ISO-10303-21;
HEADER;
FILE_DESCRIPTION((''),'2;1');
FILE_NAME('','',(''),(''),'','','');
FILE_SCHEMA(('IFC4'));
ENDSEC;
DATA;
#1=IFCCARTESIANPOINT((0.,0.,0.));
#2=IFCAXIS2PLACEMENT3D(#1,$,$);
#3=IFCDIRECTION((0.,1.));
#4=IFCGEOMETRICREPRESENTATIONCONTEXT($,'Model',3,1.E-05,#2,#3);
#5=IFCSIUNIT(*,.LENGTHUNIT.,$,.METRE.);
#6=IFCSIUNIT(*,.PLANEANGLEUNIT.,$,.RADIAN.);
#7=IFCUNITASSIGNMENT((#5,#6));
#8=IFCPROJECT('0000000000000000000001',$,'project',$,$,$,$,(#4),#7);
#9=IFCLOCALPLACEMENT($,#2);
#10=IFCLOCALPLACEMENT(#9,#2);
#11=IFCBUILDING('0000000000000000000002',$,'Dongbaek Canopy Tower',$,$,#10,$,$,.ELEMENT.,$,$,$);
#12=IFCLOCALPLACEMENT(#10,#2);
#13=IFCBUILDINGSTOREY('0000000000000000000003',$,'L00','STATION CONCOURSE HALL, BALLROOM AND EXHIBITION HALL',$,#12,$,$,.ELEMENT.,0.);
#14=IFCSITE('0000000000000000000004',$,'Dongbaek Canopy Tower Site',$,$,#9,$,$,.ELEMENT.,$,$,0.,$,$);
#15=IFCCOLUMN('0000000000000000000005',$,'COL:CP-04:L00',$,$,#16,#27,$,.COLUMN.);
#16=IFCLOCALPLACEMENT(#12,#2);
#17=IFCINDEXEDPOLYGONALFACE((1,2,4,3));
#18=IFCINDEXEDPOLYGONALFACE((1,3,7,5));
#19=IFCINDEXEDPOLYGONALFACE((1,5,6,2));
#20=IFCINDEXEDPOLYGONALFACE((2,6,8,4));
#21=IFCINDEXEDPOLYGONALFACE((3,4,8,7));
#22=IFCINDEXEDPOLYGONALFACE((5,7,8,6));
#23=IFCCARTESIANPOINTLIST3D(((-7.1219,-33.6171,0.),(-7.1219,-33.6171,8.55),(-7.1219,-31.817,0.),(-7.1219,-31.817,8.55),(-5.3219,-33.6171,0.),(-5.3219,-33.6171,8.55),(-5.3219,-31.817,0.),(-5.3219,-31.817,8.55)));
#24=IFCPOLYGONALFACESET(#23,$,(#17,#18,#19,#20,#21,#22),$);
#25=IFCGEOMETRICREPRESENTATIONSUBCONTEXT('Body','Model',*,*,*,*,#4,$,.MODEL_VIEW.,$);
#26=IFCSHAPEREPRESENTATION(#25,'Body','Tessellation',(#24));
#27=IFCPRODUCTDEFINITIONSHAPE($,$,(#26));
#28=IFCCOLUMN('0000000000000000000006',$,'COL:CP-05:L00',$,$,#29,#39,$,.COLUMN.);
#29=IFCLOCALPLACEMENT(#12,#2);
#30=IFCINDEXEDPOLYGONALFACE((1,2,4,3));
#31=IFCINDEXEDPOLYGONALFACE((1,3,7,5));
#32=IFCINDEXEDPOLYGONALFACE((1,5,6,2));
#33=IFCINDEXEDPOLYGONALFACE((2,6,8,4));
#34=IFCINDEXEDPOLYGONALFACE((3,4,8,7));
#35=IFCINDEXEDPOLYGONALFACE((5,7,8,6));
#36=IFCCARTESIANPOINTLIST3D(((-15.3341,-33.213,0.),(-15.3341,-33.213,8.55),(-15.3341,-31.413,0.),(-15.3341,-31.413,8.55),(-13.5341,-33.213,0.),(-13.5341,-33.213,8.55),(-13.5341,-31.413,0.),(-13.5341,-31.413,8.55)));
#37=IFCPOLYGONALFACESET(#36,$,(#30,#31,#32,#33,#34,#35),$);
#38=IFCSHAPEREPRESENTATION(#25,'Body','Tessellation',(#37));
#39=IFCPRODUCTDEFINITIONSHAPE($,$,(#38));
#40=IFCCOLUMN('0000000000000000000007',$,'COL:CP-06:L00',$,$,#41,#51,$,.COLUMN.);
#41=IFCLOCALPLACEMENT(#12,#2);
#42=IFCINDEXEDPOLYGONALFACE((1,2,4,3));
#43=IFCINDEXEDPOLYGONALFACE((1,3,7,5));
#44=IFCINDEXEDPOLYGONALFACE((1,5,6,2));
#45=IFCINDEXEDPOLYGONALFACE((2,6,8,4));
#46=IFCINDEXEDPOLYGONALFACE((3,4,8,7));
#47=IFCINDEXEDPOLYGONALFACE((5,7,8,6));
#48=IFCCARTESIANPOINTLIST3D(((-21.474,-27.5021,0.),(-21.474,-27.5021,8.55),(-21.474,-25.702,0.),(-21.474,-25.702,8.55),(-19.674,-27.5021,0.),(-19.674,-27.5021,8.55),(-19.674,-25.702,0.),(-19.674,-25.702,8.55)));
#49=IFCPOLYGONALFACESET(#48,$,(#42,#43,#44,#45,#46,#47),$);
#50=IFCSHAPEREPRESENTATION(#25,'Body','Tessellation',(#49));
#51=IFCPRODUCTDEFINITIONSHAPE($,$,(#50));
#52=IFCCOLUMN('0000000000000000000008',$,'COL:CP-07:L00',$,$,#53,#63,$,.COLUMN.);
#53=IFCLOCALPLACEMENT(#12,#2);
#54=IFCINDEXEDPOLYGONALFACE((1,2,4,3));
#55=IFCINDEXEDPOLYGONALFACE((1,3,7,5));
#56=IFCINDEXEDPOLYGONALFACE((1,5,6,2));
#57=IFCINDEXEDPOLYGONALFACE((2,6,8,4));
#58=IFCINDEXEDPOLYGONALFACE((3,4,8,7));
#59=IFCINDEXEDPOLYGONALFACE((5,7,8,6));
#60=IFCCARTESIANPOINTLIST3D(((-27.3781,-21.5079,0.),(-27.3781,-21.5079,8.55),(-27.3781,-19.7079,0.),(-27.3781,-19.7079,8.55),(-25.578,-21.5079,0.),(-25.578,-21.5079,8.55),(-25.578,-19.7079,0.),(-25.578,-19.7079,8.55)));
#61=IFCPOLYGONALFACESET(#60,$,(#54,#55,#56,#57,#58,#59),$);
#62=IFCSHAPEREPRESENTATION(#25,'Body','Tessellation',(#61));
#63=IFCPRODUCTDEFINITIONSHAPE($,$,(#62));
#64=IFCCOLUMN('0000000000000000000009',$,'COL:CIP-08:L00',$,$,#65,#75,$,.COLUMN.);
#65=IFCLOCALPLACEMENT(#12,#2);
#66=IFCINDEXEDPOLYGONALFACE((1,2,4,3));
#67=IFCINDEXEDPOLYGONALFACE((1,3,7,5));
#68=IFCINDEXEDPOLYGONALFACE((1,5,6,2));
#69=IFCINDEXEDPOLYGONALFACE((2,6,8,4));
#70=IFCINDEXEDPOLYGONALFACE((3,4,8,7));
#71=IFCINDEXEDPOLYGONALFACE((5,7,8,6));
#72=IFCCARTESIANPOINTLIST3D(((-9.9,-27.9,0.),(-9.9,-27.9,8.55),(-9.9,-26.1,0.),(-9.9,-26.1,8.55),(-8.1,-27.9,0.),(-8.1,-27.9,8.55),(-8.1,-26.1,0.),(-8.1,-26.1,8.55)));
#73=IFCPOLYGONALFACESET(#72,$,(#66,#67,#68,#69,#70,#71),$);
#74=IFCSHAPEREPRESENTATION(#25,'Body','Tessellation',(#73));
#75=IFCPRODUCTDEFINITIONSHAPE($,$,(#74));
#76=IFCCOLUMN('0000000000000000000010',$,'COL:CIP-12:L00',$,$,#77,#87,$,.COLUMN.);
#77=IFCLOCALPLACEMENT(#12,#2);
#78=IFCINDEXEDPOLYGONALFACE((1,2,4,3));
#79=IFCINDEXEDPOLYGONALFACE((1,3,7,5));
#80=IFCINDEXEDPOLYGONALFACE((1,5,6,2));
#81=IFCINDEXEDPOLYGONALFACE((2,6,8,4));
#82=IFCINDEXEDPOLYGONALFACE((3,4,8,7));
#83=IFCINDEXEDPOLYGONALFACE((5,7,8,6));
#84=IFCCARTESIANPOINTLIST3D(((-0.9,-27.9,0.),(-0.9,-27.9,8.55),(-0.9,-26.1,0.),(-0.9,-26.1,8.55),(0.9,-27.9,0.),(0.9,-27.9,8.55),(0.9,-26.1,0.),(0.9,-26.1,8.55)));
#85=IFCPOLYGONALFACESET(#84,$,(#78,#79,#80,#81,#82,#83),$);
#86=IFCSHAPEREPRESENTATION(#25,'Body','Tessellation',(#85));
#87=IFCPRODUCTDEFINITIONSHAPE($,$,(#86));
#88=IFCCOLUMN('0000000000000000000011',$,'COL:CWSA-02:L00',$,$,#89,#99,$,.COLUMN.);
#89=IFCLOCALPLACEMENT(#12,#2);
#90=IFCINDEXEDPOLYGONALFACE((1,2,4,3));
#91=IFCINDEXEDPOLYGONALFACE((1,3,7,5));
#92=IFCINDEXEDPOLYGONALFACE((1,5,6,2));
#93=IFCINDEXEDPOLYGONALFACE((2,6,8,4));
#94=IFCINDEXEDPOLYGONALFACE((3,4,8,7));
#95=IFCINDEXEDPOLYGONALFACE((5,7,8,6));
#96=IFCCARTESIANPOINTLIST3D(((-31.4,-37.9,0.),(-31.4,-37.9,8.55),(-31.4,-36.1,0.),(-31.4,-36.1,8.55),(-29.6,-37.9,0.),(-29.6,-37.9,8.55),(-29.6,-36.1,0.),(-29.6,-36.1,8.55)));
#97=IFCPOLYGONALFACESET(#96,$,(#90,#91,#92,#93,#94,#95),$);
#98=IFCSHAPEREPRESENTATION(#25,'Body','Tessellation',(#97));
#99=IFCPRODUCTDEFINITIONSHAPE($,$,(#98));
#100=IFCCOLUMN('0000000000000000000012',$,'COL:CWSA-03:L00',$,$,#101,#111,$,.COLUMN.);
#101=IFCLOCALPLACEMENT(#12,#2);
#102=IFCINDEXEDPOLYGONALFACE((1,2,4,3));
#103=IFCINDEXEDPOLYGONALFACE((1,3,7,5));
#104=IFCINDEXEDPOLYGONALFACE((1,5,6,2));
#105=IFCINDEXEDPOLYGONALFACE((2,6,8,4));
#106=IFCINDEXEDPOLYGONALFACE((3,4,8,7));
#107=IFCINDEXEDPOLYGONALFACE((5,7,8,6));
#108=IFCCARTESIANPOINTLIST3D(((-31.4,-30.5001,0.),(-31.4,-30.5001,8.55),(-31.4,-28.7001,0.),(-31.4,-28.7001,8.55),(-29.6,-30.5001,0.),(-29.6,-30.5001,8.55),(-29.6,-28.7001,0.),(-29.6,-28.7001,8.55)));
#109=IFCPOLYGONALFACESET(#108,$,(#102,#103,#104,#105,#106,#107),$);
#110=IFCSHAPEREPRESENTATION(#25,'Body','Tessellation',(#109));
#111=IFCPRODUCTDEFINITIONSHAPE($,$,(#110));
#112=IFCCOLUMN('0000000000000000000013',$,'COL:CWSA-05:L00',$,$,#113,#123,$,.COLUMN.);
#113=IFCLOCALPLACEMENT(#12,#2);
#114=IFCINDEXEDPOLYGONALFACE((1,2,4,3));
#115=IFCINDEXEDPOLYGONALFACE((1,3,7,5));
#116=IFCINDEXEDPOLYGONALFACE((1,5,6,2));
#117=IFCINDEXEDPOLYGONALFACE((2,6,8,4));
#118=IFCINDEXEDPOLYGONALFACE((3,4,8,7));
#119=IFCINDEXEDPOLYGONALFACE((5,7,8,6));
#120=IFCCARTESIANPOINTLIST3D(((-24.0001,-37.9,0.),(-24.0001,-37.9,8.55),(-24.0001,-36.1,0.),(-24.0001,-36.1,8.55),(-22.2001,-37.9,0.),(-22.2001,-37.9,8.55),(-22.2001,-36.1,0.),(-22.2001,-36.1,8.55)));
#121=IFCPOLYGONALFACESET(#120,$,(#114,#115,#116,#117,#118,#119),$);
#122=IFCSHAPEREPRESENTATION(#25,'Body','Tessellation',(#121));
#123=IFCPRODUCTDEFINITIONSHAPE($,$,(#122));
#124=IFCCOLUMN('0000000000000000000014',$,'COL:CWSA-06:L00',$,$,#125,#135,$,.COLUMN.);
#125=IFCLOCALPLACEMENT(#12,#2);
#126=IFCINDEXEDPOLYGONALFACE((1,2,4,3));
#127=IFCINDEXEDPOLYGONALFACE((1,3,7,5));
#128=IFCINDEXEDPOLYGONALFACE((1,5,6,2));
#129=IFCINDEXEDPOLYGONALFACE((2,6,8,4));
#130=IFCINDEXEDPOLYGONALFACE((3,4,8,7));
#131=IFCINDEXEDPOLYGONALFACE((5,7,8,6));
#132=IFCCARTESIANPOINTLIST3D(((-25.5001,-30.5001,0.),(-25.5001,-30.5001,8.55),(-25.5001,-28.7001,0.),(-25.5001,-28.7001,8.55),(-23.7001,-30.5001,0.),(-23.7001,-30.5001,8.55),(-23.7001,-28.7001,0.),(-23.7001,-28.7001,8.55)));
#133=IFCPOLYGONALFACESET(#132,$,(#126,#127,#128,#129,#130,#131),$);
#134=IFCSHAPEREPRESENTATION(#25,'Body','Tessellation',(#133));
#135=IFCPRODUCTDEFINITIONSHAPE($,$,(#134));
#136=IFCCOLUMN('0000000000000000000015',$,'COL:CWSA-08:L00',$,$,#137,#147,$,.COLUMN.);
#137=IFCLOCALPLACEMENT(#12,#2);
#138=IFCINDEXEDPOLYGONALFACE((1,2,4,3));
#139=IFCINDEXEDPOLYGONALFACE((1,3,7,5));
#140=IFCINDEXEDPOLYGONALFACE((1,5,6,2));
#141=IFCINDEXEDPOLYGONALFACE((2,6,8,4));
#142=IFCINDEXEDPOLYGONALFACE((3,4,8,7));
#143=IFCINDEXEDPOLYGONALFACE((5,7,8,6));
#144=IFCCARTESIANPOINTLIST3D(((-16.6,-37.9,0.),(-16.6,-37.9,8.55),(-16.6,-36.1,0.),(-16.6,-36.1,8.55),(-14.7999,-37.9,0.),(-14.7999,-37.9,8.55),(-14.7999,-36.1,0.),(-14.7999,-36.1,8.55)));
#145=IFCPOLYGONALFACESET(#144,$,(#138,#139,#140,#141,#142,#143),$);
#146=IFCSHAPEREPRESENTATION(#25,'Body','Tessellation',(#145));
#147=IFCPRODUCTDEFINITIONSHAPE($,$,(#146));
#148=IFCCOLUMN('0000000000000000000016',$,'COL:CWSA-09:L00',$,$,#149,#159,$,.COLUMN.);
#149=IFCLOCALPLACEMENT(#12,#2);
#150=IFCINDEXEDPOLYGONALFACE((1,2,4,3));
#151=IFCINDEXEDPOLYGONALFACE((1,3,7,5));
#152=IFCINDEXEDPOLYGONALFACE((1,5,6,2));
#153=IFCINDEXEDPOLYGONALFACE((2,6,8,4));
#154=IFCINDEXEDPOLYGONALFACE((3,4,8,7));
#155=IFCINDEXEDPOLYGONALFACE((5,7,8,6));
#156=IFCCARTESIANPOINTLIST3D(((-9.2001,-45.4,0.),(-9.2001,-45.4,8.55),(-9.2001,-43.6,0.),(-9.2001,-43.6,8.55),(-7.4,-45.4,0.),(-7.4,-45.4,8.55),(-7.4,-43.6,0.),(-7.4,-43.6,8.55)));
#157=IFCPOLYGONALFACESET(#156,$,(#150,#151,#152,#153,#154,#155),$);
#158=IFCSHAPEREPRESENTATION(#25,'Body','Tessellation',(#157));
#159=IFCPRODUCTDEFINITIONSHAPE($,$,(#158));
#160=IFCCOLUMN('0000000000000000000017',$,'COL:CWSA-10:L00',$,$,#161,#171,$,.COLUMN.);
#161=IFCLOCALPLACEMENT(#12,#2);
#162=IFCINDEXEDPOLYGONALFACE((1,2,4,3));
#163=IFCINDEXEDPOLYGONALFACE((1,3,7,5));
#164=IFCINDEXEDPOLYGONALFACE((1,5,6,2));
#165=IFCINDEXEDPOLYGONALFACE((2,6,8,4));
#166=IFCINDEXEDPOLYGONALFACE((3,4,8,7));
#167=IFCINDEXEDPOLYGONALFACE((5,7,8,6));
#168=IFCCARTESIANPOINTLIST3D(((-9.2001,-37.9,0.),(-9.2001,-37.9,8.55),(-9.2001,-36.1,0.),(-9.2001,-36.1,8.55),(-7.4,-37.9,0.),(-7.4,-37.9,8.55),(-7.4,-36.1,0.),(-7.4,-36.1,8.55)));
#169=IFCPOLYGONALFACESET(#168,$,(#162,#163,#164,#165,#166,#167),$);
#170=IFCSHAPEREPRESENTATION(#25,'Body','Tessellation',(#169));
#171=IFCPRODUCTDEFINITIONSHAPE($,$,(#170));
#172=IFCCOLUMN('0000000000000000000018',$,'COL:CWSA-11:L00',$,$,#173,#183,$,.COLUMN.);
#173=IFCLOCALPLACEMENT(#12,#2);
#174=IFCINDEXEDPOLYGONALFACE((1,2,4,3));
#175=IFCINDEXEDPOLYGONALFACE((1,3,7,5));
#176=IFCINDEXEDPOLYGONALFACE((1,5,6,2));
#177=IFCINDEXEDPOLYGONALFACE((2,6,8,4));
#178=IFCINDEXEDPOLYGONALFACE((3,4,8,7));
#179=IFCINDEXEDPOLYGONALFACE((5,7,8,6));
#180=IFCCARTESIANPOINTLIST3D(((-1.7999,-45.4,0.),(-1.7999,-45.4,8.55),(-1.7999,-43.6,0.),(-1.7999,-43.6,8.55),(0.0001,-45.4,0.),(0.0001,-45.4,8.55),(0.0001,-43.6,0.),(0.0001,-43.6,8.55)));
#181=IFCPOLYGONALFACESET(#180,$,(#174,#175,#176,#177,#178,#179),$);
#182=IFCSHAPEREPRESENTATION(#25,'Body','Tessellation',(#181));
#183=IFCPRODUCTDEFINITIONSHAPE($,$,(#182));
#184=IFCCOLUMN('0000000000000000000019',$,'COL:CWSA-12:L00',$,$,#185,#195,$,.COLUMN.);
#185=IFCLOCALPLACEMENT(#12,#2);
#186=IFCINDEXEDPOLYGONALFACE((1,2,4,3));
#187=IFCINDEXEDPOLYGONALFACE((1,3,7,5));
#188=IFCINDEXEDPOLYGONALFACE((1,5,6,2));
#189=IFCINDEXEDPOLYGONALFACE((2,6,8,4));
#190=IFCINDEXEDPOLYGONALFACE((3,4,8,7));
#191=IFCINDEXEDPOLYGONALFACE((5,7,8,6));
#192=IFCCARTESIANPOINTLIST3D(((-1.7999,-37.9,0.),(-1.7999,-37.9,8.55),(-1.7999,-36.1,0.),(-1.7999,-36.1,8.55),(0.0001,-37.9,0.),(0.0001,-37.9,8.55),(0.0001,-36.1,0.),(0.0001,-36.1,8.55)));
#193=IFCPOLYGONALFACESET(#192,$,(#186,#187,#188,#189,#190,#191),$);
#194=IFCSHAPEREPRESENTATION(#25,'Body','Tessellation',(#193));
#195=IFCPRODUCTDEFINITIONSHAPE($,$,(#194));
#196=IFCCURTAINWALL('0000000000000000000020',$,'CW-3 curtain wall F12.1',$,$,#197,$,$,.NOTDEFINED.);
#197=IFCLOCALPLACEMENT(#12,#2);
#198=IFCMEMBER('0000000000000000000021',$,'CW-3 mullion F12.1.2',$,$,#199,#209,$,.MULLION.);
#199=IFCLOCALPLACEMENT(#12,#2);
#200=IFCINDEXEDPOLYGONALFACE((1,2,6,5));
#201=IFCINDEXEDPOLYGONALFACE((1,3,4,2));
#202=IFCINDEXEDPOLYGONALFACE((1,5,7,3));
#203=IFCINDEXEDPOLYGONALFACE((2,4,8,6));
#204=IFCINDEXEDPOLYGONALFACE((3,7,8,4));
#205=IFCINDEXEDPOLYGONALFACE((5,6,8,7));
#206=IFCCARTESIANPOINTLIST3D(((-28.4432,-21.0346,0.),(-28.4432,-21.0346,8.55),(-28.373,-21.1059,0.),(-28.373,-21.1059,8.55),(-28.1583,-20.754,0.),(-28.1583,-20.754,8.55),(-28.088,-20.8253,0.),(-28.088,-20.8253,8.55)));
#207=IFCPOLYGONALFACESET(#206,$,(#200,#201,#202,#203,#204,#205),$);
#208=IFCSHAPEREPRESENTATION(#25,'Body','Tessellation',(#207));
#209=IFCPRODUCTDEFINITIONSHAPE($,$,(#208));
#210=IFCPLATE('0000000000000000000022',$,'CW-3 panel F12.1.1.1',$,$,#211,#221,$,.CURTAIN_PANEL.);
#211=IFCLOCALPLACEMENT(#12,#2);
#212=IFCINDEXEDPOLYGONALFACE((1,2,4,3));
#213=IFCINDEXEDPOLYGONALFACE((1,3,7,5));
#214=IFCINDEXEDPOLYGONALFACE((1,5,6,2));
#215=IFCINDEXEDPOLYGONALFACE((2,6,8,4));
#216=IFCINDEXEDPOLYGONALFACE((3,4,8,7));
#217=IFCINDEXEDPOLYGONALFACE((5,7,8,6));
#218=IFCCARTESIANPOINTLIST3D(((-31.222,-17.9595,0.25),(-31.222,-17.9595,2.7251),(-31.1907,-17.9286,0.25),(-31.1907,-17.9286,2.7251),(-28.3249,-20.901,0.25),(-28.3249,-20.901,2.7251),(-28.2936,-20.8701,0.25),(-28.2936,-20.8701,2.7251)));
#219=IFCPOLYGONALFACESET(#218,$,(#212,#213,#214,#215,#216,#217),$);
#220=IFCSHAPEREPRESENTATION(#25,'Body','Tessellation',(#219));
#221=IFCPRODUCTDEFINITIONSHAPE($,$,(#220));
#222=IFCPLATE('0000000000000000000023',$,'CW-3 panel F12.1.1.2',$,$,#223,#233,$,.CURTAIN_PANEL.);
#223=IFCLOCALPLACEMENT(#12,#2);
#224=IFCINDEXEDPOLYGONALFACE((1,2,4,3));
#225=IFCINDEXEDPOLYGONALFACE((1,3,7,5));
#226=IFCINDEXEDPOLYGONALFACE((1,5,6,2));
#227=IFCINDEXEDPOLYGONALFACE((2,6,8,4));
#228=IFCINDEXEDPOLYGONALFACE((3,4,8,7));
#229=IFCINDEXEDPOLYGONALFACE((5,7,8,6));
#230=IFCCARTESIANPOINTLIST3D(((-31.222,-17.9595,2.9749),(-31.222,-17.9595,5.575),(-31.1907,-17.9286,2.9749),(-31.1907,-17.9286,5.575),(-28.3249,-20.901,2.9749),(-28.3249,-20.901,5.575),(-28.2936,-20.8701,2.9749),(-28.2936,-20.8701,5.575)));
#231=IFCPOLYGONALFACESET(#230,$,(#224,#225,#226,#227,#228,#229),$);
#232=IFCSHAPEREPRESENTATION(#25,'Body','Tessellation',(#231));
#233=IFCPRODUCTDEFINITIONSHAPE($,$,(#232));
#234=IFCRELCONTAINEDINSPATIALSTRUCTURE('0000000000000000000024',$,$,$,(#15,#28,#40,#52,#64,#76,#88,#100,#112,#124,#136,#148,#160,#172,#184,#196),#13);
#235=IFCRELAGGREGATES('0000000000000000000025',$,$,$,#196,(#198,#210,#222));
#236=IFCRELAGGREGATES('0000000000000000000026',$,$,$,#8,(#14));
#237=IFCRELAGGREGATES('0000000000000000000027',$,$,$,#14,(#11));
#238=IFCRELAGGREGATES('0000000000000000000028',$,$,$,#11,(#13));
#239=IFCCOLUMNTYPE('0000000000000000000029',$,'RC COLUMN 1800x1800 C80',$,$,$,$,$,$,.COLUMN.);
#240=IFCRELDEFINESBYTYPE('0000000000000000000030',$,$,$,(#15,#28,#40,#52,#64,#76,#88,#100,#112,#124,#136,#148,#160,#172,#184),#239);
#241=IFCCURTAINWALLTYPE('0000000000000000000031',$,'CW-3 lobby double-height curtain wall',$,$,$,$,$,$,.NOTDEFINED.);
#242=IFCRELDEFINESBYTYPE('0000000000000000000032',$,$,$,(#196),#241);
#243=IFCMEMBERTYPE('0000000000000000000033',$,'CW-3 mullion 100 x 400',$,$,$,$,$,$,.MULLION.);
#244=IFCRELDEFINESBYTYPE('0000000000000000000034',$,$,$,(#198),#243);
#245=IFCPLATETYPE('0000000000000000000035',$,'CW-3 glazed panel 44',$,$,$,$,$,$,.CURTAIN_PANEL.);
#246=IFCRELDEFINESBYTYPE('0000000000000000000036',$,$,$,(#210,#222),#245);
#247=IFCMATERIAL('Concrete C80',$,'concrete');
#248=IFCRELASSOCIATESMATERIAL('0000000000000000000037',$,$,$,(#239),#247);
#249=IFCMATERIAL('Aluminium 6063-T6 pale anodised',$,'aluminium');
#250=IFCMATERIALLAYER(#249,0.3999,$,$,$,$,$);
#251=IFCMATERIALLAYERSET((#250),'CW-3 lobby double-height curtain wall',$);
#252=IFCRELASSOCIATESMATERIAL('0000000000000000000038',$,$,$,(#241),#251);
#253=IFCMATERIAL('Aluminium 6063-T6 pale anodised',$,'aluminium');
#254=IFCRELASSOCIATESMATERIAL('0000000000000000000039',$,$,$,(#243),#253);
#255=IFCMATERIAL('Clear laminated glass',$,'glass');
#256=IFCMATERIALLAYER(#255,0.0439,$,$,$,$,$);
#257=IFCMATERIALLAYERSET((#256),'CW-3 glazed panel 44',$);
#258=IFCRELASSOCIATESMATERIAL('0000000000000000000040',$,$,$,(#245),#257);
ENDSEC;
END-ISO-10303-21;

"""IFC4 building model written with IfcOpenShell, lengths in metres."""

from ifc_helpers import new_model, si_unit, direction, frame, origin, origin_2d, place, context, subcontext, project, spatial, rectangle, extrude, material, layer, layer_set, material_profile, profile_set, type_object, element, aggregate, save


model = new_model("IFC4")

# Units and contexts
model_context = context("Model", 3, precision=1e-05, world=origin(), true_north=direction((0.0, 1.0)))
body_context = subcontext(model_context, "Body", "Model", "MODEL_VIEW")
ifc_project = project(units=[si_unit("LENGTHUNIT", "METRE"), si_unit("PLANEANGLEUNIT", "RADIAN")], contexts=[model_context])

# Site, building, storey
site_placement = place(None, origin())
site = spatial("IfcSite", under=ifc_project, at=site_placement, Name="Dongbaek Canopy Tower Site", CompositionType="ELEMENT", RefElevation=0.0)
building_placement = place(site_placement, origin())
building = spatial("IfcBuilding", under=site, at=building_placement, Name="Dongbaek Canopy Tower", CompositionType="ELEMENT")
storey_placement = place(building_placement, origin())
storey = spatial("IfcBuildingStorey", under=building, at=storey_placement, Name="L00", Description="STATION CONCOURSE HALL, BALLROOM AND EXHIBITION HALL", CompositionType="ELEMENT", Elevation=0.0)

# Columns
ifc_material_1 = material(Name="Concrete C80", Category="concrete")
ifc_material_profile_1 = material_profile(ifc_material_1, rectangle(XDim=1.8, YDim=1.8, at=origin_2d()), Name="RC COLUMN 1800x1800 C80")
ifc_profile_set_1 = profile_set([ifc_material_profile_1], Name="Concrete C80")
column_type = type_object("IfcColumnType", Name="RC COLUMN 1800x1800 C80", PredefinedType="COLUMN", material=ifc_profile_set_1)
for number, where, z_axis, x_axis, name in (
    (1, (-6.2219, -32.717, 0.0), (0.0, 0.0, 1.0), (1.0, 0.0, 0.0), "COL:CP-04:L00"),
    (2, (-14.4341, -32.313, 0.0), (0.0, 0.0, 1.0), (1.0, 0.0, 0.0), "COL:CP-05:L00"),
    (3, (-20.574, -26.6021, 0.0), (0.0, 0.0, 1.0), (1.0, 0.0, 0.0), "COL:CP-06:L00"),
    (4, (-26.478, -20.6079, 0.0), (0.0, 0.0, 1.0), (1.0, 0.0, 0.0), "COL:CP-07:L00"),
    (5, (-9.0, -27.0, 0.0), (0.0, 0.0, 1.0), (1.0, 0.0, 0.0), "COL:CIP-08:L00"),
    (6, (0.0, -27.0, 0.0), (0.0, 0.0, 1.0), (1.0, 0.0, 0.0), "COL:CIP-12:L00"),
    (7, (-30.5, -37.0, 0.0), (0.0, 0.0, 1.0), (1.0, 0.0, 0.0), "COL:CWSA-02:L00"),
    (8, (-30.5, -29.6001, 0.0), (0.0, 0.0, 1.0), (1.0, 0.0, 0.0), "COL:CWSA-03:L00"),
    (9, (-23.1001, -37.0, 0.0), (0.0, 0.0, 1.0), (1.0, 0.0, 0.0), "COL:CWSA-05:L00"),
    (10, (-24.6001, -29.6001, 0.0), (0.0, 0.0, 1.0), (1.0, 0.0, 0.0), "COL:CWSA-06:L00"),
    (11, (-15.7, -37.0, 0.0), (0.0, 0.0, 1.0), (1.0, 0.0, 0.0), "COL:CWSA-08:L00"),
    (12, (-8.3, -44.5, 0.0), (0.0, 0.0, 1.0), (1.0, 0.0, 0.0), "COL:CWSA-09:L00"),
    (13, (-8.3, -37.0, 0.0), (0.0, 0.0, 1.0), (1.0, 0.0, 0.0), "COL:CWSA-10:L00"),
    (14, (-0.8999, -44.5, 0.0), (0.0, 0.0, 1.0), (1.0, 0.0, 0.0), "COL:CWSA-11:L00"),
    (15, (-0.8999, -37.0, 0.0), (0.0, 0.0, 1.0), (1.0, 0.0, 0.0), "COL:CWSA-12:L00"),
):
    element("IfcColumn", number, at=place(storey_placement, frame(where, z_axis=z_axis, x_axis=x_axis)), inside=storey, type_object=column_type, Name=name, PredefinedType="COLUMN", context=body_context, shape_type="SweptSolid", body=[
        extrude(rectangle(XDim=1.8, YDim=1.8, at=origin_2d()), origin(), (0.0, 0.0, 1.0), 8.55),
    ])

# Curtain wall, member, plates
ifc_material_2 = material(Name="Aluminium 6063-T6 pale anodised", Category="aluminium")
ifc_layer_1 = layer(ifc_material_2, 0.3999)
ifc_layer_set_1 = layer_set([ifc_layer_1], Name="CW-3 lobby double-height curtain wall")
curtain_wall_type = type_object("IfcCurtainWallType", Name="CW-3 lobby double-height curtain wall", PredefinedType="NOTDEFINED", material=ifc_layer_set_1)
curtain_wall_placement = place(storey_placement, origin())
curtain_wall = element("IfcCurtainWall", 16, at=curtain_wall_placement, inside=storey, type_object=curtain_wall_type, Name="CW-3 curtain wall F12.1", PredefinedType="NOTDEFINED")
ifc_material_3 = material(Name="Aluminium 6063-T6 pale anodised", Category="aluminium")
ifc_material_profile_2 = material_profile(ifc_material_3, rectangle(XDim=0.3999, YDim=0.1001, at=origin_2d()), Name="CW-3 mullion 100 x 400")
ifc_profile_set_2 = profile_set([ifc_material_profile_2], Name="Aluminium 6063-T6 pale anodised")
member_type = type_object("IfcMemberType", Name="CW-3 mullion 100 x 400", PredefinedType="MULLION", material=ifc_profile_set_2)
member_placement = place(storey_placement, frame((-28.2656, -20.9299, 0.0), z_axis=(0.0, 0.0, 1.0), x_axis=(-0.712455, -0.701718, 0.0)))
member = element("IfcMember", 17, at=member_placement, type_object=member_type, Name="CW-3 mullion F12.1.2", PredefinedType="MULLION", context=body_context, shape_type="SweptSolid", body=[
    extrude(rectangle(XDim=0.3999, YDim=0.1001, at=origin_2d()), origin(), (0.0, 0.0, 1.0), 8.55),
])
ifc_material_4 = material(Name="Clear laminated glass", Category="glass")
ifc_layer_2 = layer(ifc_material_4, 0.0439)
ifc_layer_set_2 = layer_set([ifc_layer_2], Name="CW-3 glazed panel 44")
plate_type = type_object("IfcPlateType", Name="CW-3 glazed panel 44", PredefinedType="CURTAIN_PANEL", material=ifc_layer_set_2)
plate_1_placement = place(storey_placement, frame((-29.7578, -19.4148, 0.25), z_axis=(0.0, 0.0, 1.0), x_axis=(0.701718, -0.712455, 0.0)))
plate_1 = element("IfcPlate", 18, at=plate_1_placement, type_object=plate_type, Name="CW-3 panel F12.1.1.1", PredefinedType="CURTAIN_PANEL", context=body_context, shape_type="SweptSolid", body=[
    extrude(rectangle(XDim=4.1287, YDim=0.0439, at=origin_2d()), origin(), (0.0, 0.0, 1.0), 2.4751),
])
plate_2_placement = place(storey_placement, frame((-29.7578, -19.4148, 2.9749), z_axis=(0.0, 0.0, 1.0), x_axis=(0.701718, -0.712455, 0.0)))
plate_2 = element("IfcPlate", 19, at=plate_2_placement, type_object=plate_type, Name="CW-3 panel F12.1.1.2", PredefinedType="CURTAIN_PANEL", context=body_context, shape_type="SweptSolid", body=[
    extrude(rectangle(XDim=4.1287, YDim=0.0439, at=origin_2d()), origin(), (0.0, 0.0, 1.0), 2.6001),
])
aggregate(curtain_wall, [member, plate_1, plate_2])

save(model, "model.ifc")
